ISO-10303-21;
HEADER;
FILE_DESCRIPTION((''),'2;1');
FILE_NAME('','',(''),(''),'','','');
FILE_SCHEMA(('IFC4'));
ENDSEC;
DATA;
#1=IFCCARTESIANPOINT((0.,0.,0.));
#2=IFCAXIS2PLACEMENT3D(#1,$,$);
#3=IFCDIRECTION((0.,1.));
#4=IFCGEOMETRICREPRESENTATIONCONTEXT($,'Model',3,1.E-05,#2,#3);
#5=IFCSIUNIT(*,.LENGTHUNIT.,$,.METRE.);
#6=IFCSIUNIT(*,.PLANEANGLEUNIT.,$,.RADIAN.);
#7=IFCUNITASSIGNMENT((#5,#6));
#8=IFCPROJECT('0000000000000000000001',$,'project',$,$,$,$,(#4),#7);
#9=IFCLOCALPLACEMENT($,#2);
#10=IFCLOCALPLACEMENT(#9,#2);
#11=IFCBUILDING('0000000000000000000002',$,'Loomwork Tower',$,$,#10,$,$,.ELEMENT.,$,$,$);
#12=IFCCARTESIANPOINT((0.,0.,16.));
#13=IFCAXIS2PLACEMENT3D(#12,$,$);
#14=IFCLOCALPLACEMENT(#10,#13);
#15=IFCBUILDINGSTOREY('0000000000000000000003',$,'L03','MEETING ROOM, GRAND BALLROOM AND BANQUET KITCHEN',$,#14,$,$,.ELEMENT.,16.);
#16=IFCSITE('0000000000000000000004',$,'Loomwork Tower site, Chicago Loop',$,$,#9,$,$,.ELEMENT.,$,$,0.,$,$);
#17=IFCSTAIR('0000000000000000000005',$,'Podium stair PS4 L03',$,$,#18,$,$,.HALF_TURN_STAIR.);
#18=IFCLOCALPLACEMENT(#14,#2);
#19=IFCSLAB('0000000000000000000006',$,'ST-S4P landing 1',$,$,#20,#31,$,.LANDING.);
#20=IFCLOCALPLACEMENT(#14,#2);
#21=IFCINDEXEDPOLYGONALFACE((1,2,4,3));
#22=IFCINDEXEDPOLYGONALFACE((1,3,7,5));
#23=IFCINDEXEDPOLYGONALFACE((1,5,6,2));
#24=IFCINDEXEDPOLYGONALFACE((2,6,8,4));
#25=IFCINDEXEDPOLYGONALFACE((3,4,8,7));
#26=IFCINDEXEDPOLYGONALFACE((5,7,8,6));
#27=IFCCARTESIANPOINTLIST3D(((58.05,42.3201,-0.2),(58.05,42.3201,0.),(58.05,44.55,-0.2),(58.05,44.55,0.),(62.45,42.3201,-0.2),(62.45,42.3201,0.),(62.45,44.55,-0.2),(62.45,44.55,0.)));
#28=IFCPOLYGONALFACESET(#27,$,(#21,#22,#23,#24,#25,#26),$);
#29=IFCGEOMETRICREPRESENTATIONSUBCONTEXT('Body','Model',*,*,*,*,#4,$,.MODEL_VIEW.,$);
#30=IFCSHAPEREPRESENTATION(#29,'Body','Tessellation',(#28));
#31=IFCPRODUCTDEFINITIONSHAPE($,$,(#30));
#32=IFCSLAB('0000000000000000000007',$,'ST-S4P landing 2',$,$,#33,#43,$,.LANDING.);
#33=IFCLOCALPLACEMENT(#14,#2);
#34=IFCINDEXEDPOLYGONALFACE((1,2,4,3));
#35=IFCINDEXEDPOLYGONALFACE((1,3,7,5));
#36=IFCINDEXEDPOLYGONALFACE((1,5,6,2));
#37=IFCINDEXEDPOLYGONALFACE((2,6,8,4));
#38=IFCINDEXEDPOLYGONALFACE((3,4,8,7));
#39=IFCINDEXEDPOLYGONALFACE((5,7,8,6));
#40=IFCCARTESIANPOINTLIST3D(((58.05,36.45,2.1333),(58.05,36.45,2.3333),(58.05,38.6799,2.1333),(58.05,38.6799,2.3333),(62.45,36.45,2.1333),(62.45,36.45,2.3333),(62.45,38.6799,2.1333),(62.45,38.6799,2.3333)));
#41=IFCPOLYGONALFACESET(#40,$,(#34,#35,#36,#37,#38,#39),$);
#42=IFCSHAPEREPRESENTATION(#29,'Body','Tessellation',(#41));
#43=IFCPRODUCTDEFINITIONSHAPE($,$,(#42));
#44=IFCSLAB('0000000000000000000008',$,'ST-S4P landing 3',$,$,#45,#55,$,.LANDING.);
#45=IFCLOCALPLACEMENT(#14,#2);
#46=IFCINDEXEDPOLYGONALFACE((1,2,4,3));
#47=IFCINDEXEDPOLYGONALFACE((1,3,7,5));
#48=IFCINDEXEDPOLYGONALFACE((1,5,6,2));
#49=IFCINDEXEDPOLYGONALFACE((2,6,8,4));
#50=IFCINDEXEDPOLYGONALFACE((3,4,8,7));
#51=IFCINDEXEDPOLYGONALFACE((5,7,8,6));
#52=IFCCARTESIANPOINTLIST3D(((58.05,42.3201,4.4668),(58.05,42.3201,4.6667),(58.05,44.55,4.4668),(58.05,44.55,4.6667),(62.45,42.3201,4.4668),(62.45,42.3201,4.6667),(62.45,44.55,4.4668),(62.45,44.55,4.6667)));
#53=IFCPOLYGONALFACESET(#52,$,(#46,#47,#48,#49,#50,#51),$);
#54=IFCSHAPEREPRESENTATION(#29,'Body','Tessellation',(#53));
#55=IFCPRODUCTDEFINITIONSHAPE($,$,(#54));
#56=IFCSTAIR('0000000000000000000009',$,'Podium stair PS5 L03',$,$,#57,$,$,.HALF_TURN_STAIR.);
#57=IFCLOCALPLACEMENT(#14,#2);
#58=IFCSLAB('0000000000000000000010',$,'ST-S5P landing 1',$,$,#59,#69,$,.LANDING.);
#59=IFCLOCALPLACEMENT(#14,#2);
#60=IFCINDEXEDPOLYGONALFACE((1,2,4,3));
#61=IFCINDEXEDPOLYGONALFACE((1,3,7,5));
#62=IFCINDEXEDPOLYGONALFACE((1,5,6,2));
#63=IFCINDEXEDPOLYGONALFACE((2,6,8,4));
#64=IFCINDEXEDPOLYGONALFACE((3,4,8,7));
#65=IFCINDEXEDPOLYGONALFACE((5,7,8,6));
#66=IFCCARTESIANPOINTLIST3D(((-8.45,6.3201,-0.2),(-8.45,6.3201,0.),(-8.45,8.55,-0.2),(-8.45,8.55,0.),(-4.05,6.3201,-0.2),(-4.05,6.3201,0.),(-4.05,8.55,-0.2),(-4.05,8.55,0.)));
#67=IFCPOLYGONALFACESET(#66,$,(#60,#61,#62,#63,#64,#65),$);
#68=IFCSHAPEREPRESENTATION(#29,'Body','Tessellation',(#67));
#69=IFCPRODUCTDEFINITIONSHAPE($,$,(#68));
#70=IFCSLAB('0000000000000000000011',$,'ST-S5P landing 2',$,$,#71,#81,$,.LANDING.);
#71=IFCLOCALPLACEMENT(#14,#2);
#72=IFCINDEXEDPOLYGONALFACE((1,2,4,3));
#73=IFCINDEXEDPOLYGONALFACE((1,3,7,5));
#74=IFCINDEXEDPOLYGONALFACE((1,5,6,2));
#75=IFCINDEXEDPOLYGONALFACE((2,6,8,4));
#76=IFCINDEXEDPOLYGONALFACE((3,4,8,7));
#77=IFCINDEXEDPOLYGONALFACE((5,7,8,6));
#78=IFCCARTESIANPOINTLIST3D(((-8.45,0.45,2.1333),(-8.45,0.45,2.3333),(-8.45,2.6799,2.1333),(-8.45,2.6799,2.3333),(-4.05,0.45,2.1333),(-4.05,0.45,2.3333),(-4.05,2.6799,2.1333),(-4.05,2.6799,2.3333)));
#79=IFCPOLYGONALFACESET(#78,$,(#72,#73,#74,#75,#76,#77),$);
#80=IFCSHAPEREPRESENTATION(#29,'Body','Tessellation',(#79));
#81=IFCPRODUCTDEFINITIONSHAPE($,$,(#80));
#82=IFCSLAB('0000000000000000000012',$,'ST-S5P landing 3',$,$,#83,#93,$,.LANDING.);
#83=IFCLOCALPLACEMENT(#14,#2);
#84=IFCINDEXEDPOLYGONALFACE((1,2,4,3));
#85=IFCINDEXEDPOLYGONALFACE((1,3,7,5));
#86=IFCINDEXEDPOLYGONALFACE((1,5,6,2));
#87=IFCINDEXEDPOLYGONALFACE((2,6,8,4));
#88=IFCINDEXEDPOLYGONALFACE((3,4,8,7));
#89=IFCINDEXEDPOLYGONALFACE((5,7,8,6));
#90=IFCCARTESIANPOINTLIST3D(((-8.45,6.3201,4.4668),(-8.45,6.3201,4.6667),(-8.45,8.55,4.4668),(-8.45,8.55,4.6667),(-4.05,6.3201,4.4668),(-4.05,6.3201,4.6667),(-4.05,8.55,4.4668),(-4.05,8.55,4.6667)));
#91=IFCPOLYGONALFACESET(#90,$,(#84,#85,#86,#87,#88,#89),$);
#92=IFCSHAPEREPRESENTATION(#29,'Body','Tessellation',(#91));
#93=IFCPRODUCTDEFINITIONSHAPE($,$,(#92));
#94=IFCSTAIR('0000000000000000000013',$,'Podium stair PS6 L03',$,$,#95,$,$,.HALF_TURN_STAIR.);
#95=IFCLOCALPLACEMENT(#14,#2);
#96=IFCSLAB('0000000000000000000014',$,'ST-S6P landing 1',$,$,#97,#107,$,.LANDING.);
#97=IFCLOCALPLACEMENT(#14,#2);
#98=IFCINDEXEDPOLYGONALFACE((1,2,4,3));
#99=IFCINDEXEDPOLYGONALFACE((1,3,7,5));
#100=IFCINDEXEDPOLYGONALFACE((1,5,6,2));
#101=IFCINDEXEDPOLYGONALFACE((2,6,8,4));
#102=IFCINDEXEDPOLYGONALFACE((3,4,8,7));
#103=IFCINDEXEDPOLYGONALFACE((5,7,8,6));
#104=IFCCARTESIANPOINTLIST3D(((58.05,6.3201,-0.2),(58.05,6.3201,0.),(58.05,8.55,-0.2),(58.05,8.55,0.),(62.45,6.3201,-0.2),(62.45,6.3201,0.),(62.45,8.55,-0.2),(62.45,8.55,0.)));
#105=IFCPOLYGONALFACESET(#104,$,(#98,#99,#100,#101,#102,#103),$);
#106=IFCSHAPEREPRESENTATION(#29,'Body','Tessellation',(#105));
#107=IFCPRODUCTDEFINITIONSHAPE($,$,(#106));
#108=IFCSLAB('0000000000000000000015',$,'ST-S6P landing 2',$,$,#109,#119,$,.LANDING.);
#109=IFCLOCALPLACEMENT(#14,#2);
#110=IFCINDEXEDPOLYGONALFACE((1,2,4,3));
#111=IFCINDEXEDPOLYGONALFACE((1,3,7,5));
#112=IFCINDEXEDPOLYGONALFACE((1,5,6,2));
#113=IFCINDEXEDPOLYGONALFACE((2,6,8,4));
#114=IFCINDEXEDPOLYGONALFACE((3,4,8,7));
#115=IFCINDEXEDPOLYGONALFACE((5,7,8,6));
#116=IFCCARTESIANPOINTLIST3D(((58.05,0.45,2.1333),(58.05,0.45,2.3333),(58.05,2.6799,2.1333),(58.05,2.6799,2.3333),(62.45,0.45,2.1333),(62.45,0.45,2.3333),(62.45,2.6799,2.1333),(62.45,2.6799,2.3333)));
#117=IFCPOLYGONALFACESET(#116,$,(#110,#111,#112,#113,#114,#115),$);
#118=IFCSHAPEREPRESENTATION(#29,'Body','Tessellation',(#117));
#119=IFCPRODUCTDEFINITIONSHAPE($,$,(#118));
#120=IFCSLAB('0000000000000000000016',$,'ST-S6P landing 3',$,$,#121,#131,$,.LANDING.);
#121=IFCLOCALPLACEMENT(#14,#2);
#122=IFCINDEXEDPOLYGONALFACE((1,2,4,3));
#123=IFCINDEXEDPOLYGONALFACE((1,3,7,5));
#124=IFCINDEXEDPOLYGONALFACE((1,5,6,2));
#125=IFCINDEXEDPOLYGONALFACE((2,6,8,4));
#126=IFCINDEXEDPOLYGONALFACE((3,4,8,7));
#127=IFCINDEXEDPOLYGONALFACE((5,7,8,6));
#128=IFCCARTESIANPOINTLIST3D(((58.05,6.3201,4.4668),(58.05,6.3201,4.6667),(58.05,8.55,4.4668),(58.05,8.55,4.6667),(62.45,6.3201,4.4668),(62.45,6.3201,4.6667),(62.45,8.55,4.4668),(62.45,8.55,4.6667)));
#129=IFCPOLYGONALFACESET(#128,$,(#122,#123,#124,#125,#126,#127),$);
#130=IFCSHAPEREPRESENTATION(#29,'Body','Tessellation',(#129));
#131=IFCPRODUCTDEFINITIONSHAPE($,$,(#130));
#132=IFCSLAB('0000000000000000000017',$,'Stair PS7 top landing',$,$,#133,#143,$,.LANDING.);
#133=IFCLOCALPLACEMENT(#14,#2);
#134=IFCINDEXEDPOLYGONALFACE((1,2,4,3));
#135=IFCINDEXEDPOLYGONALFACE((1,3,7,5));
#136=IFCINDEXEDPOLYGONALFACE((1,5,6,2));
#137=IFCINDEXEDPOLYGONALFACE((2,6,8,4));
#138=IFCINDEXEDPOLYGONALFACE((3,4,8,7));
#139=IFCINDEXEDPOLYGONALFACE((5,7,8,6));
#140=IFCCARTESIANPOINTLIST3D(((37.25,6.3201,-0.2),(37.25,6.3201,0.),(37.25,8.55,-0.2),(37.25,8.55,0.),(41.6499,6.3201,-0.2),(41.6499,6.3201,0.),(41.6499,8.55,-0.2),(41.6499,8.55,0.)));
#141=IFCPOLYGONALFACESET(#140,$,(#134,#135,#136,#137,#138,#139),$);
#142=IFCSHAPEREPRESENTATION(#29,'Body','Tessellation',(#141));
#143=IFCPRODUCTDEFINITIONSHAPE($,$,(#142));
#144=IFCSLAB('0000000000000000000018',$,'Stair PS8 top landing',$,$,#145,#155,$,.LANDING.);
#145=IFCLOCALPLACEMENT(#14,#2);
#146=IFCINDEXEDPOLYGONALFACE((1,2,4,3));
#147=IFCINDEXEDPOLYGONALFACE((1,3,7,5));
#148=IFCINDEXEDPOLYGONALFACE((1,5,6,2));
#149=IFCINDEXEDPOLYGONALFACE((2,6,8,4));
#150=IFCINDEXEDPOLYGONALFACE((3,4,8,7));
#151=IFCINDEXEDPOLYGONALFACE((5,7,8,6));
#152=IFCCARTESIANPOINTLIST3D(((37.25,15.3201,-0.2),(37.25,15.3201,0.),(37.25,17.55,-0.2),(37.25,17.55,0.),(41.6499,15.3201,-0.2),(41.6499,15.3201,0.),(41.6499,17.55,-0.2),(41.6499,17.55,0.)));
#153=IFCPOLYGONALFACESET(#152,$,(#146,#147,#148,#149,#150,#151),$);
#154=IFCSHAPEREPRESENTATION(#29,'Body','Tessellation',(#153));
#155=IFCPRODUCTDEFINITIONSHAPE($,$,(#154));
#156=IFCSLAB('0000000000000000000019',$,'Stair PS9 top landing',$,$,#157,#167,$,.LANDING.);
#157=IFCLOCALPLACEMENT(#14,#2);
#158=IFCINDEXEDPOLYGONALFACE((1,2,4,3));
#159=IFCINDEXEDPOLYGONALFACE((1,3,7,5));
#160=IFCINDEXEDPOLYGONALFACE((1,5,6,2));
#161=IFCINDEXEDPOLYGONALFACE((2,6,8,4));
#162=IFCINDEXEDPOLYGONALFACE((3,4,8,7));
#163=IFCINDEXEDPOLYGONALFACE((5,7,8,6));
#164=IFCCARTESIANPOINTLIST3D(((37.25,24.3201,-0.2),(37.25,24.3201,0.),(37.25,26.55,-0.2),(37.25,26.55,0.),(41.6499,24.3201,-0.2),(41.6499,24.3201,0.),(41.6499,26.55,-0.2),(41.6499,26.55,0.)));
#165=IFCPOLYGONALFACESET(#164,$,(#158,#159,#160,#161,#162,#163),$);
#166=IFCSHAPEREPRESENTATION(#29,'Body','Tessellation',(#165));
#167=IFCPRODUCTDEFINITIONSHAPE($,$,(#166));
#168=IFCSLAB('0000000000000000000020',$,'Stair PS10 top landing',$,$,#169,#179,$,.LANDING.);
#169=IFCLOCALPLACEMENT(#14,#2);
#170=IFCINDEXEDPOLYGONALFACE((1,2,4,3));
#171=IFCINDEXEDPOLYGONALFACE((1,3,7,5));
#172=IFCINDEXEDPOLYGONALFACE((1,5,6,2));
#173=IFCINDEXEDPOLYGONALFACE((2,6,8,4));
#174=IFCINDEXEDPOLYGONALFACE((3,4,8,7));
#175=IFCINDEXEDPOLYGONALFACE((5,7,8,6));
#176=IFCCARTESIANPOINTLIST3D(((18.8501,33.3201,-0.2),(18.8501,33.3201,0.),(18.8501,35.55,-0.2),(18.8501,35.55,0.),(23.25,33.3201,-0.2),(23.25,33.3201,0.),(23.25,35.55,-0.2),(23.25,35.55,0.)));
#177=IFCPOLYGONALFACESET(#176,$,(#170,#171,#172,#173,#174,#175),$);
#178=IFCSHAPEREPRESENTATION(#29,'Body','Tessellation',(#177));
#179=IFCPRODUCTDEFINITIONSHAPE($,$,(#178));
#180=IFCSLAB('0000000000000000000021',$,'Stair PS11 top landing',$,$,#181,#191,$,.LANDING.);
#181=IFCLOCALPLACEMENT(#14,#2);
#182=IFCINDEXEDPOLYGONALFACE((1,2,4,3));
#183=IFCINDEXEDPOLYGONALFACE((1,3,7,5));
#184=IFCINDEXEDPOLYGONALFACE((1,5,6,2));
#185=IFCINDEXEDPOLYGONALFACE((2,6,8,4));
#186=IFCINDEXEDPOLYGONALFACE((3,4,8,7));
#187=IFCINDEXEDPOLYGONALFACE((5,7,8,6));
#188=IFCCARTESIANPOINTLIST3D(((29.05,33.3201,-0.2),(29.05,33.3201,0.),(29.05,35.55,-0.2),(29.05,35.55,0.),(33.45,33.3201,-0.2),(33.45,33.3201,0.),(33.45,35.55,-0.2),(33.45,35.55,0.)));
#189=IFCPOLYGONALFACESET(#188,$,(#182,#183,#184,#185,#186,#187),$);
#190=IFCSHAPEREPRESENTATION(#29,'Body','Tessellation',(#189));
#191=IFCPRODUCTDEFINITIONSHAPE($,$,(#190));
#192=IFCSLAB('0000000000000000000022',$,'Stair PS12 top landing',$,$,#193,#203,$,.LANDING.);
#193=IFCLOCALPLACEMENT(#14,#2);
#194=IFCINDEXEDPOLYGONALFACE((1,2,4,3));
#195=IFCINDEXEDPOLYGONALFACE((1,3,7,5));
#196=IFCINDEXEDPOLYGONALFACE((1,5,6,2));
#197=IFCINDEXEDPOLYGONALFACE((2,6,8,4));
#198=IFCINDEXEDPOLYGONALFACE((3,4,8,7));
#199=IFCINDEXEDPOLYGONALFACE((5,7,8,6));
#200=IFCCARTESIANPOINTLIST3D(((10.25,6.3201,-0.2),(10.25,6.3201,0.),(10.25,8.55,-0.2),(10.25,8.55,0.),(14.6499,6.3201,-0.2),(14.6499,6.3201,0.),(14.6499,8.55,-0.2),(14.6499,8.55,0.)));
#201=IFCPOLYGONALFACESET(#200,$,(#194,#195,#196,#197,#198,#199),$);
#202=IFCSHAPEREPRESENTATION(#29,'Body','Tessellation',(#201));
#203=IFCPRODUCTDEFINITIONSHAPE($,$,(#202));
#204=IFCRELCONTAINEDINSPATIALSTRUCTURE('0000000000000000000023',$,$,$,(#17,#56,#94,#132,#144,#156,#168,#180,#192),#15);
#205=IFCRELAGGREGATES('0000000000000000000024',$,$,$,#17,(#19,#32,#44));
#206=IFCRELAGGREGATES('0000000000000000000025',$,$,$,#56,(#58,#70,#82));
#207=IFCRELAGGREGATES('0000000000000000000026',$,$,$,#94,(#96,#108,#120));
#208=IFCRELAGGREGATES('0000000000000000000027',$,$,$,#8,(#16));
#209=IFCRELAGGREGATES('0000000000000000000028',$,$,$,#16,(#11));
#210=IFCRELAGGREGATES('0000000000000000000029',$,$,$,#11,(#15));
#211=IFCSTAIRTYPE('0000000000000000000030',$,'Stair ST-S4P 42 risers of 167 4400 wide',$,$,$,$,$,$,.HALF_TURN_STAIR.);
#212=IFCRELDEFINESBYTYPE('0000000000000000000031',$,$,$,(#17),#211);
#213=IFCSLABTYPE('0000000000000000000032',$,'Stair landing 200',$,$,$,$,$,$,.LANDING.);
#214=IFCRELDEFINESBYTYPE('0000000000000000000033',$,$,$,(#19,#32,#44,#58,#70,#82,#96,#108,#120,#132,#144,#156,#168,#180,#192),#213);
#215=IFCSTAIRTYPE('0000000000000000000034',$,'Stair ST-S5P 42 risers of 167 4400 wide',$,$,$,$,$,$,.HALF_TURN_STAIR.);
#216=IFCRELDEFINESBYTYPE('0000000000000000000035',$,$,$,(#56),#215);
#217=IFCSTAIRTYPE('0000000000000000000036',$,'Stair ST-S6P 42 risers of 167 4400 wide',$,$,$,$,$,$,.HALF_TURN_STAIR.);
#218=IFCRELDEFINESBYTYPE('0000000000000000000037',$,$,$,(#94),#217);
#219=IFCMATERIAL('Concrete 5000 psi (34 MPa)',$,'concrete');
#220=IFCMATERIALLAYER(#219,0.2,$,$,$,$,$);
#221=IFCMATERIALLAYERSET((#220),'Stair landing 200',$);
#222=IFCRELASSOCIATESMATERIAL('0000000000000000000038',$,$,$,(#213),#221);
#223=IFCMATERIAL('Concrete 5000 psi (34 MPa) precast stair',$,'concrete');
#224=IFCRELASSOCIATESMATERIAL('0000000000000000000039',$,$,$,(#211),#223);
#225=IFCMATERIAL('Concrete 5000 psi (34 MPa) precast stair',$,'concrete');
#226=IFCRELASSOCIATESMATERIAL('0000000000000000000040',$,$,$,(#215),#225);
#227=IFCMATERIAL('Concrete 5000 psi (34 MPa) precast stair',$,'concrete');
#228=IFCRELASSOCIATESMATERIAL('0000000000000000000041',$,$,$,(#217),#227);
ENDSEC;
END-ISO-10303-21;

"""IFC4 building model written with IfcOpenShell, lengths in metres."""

from ifc_helpers import new_model, si_unit, direction, frame, origin, place, context, subcontext, project, spatial, polyline, outline, extrude, material, layer, layer_set, type_object, element, aggregate, save


model = new_model("IFC4")

# Units and contexts
model_context = context("Model", 3, precision=1e-05, world=origin(), true_north=direction((0.0, 1.0)))
body_context = subcontext(model_context, "Body", "Model", "MODEL_VIEW")
ifc_project = project(units=[si_unit("LENGTHUNIT", "METRE"), si_unit("PLANEANGLEUNIT", "RADIAN")], contexts=[model_context])

# Site, building, storey
site_placement = place(None, origin())
site = spatial("IfcSite", under=ifc_project, at=site_placement, Name="Loomwork Tower site, Chicago Loop", CompositionType="ELEMENT", RefElevation=0.0)
building_placement = place(site_placement, origin())
building = spatial("IfcBuilding", under=site, at=building_placement, Name="Loomwork Tower", CompositionType="ELEMENT")
storey_placement = place(building_placement, frame((0.0, 0.0, 16.0)))
storey = spatial("IfcBuildingStorey", under=building, at=storey_placement, Name="L03", Description="MEETING ROOM, GRAND BALLROOM AND BANQUET KITCHEN", CompositionType="ELEMENT", Elevation=16.0)

# Stairs, slabs
ifc_material_1 = material(Name="Concrete 5000 psi (34 MPa)", Category="concrete")
ifc_layer_1 = layer(ifc_material_1, 0.2)
ifc_layer_set_1 = layer_set([ifc_layer_1], Name="Stair landing 200")
slab_type = type_object("IfcSlabType", Name="Stair landing 200", PredefinedType="LANDING", material=ifc_layer_set_1)
ifc_material_2 = material(Name="Concrete 5000 psi (34 MPa) precast stair", Category="concrete")
stair_type_1 = type_object("IfcStairType", Name="Stair ST-S4P 42 risers of 167 4400 wide", PredefinedType="HALF_TURN_STAIR", material=ifc_material_2)
stair_1_placement = place(storey_placement, origin())
stair_1 = element("IfcStair", 1, at=stair_1_placement, inside=storey, type_object=stair_type_1, Name="Podium stair PS4 L03", PredefinedType="HALF_TURN_STAIR")
slab_1_placement = place(storey_placement, frame((0.0, 0.0, -0.2)))
slab_1 = element("IfcSlab", 2, at=slab_1_placement, type_object=slab_type, Name="ST-S4P landing 1", PredefinedType="LANDING", context=body_context, shape_type="SweptSolid", body=[
    extrude(outline(polyline([(58.05, 42.3201), (62.45, 42.3201), (62.45, 44.55), (58.05, 44.55), (58.05, 42.3201)])), origin(), (0.0, 0.0, 1.0), 0.2),
])
slab_2_placement = place(storey_placement, frame((0.0, 0.0, 2.1333)))
slab_2 = element("IfcSlab", 3, at=slab_2_placement, type_object=slab_type, Name="ST-S4P landing 2", PredefinedType="LANDING", context=body_context, shape_type="SweptSolid", body=[
    extrude(outline(polyline([(58.05, 36.45), (62.45, 36.45), (62.45, 38.6799), (58.05, 38.6799), (58.05, 36.45)])), origin(), (0.0, 0.0, 1.0), 0.2),
])
slab_3_placement = place(storey_placement, frame((0.0, 0.0, 4.4668)))
slab_3 = element("IfcSlab", 4, at=slab_3_placement, type_object=slab_type, Name="ST-S4P landing 3", PredefinedType="LANDING", context=body_context, shape_type="SweptSolid", body=[
    extrude(outline(polyline([(58.05, 42.3201), (62.45, 42.3201), (62.45, 44.55), (58.05, 44.55), (58.05, 42.3201)])), origin(), (0.0, 0.0, 1.0), 0.2),
])
aggregate(stair_1, [slab_1, slab_2, slab_3])
ifc_material_3 = material(Name="Concrete 5000 psi (34 MPa) precast stair", Category="concrete")
stair_type_2 = type_object("IfcStairType", Name="Stair ST-S5P 42 risers of 167 4400 wide", PredefinedType="HALF_TURN_STAIR", material=ifc_material_3)
stair_2_placement = place(storey_placement, origin())
stair_2 = element("IfcStair", 5, at=stair_2_placement, inside=storey, type_object=stair_type_2, Name="Podium stair PS5 L03", PredefinedType="HALF_TURN_STAIR")
slab_4_placement = place(storey_placement, frame((0.0, 0.0, -0.2)))
slab_4 = element("IfcSlab", 6, at=slab_4_placement, type_object=slab_type, Name="ST-S5P landing 1", PredefinedType="LANDING", context=body_context, shape_type="SweptSolid", body=[
    extrude(outline(polyline([(-8.45, 6.3201), (-4.05, 6.3201), (-4.05, 8.55), (-8.45, 8.55), (-8.45, 6.3201)])), origin(), (0.0, 0.0, 1.0), 0.2),
])
slab_5_placement = place(storey_placement, frame((0.0, 0.0, 2.1333)))
slab_5 = element("IfcSlab", 7, at=slab_5_placement, type_object=slab_type, Name="ST-S5P landing 2", PredefinedType="LANDING", context=body_context, shape_type="SweptSolid", body=[
    extrude(outline(polyline([(-8.45, 0.45), (-4.05, 0.45), (-4.05, 2.6799), (-8.45, 2.6799), (-8.45, 0.45)])), origin(), (0.0, 0.0, 1.0), 0.2),
])
slab_6_placement = place(storey_placement, frame((0.0, 0.0, 4.4668)))
slab_6 = element("IfcSlab", 8, at=slab_6_placement, type_object=slab_type, Name="ST-S5P landing 3", PredefinedType="LANDING", context=body_context, shape_type="SweptSolid", body=[
    extrude(outline(polyline([(-8.45, 6.3201), (-4.05, 6.3201), (-4.05, 8.55), (-8.45, 8.55), (-8.45, 6.3201)])), origin(), (0.0, 0.0, 1.0), 0.2),
])
aggregate(stair_2, [slab_4, slab_5, slab_6])
ifc_material_4 = material(Name="Concrete 5000 psi (34 MPa) precast stair", Category="concrete")
stair_type_3 = type_object("IfcStairType", Name="Stair ST-S6P 42 risers of 167 4400 wide", PredefinedType="HALF_TURN_STAIR", material=ifc_material_4)
stair_3_placement = place(storey_placement, origin())
stair_3 = element("IfcStair", 9, at=stair_3_placement, inside=storey, type_object=stair_type_3, Name="Podium stair PS6 L03", PredefinedType="HALF_TURN_STAIR")
slab_7_placement = place(storey_placement, frame((0.0, 0.0, -0.2)))
slab_7 = element("IfcSlab", 10, at=slab_7_placement, type_object=slab_type, Name="ST-S6P landing 1", PredefinedType="LANDING", context=body_context, shape_type="SweptSolid", body=[
    extrude(outline(polyline([(58.05, 6.3201), (62.45, 6.3201), (62.45, 8.55), (58.05, 8.55), (58.05, 6.3201)])), origin(), (0.0, 0.0, 1.0), 0.2),
])
slab_8_placement = place(storey_placement, frame((0.0, 0.0, 2.1333)))
slab_8 = element("IfcSlab", 11, at=slab_8_placement, type_object=slab_type, Name="ST-S6P landing 2", PredefinedType="LANDING", context=body_context, shape_type="SweptSolid", body=[
    extrude(outline(polyline([(58.05, 0.45), (62.45, 0.45), (62.45, 2.6799), (58.05, 2.6799), (58.05, 0.45)])), origin(), (0.0, 0.0, 1.0), 0.2),
])
slab_9_placement = place(storey_placement, frame((0.0, 0.0, 4.4668)))
slab_9 = element("IfcSlab", 12, at=slab_9_placement, type_object=slab_type, Name="ST-S6P landing 3", PredefinedType="LANDING", context=body_context, shape_type="SweptSolid", body=[
    extrude(outline(polyline([(58.05, 6.3201), (62.45, 6.3201), (62.45, 8.55), (58.05, 8.55), (58.05, 6.3201)])), origin(), (0.0, 0.0, 1.0), 0.2),
])
aggregate(stair_3, [slab_7, slab_8, slab_9])

# Slabs
slab_10_placement = place(storey_placement, frame((0.0, 0.0, -0.2)))
element("IfcSlab", 13, at=slab_10_placement, inside=storey, type_object=slab_type, Name="Stair PS7 top landing", PredefinedType="LANDING", context=body_context, shape_type="SweptSolid", body=[
    extrude(outline(polyline([(37.25, 6.3201), (41.6499, 6.3201), (41.6499, 8.55), (37.25, 8.55), (37.25, 6.3201)])), origin(), (0.0, 0.0, 1.0), 0.2),
])
slab_11_placement = place(storey_placement, frame((0.0, 0.0, -0.2)))
element("IfcSlab", 14, at=slab_11_placement, inside=storey, type_object=slab_type, Name="Stair PS8 top landing", PredefinedType="LANDING", context=body_context, shape_type="SweptSolid", body=[
    extrude(outline(polyline([(37.25, 15.3201), (41.6499, 15.3201), (41.6499, 17.55), (37.25, 17.55), (37.25, 15.3201)])), origin(), (0.0, 0.0, 1.0), 0.2),
])
slab_12_placement = place(storey_placement, frame((0.0, 0.0, -0.2)))
element("IfcSlab", 15, at=slab_12_placement, inside=storey, type_object=slab_type, Name="Stair PS9 top landing", PredefinedType="LANDING", context=body_context, shape_type="SweptSolid", body=[
    extrude(outline(polyline([(37.25, 24.3201), (41.6499, 24.3201), (41.6499, 26.55), (37.25, 26.55), (37.25, 24.3201)])), origin(), (0.0, 0.0, 1.0), 0.2),
])
slab_13_placement = place(storey_placement, frame((0.0, 0.0, -0.2)))
element("IfcSlab", 16, at=slab_13_placement, inside=storey, type_object=slab_type, Name="Stair PS10 top landing", PredefinedType="LANDING", context=body_context, shape_type="SweptSolid", body=[
    extrude(outline(polyline([(18.8501, 33.3201), (23.25, 33.3201), (23.25, 35.55), (18.8501, 35.55), (18.8501, 33.3201)])), origin(), (0.0, 0.0, 1.0), 0.2),
])
slab_14_placement = place(storey_placement, frame((0.0, 0.0, -0.2)))
element("IfcSlab", 17, at=slab_14_placement, inside=storey, type_object=slab_type, Name="Stair PS11 top landing", PredefinedType="LANDING", context=body_context, shape_type="SweptSolid", body=[
    extrude(outline(polyline([(29.05, 33.3201), (33.45, 33.3201), (33.45, 35.55), (29.05, 35.55), (29.05, 33.3201)])), origin(), (0.0, 0.0, 1.0), 0.2),
])
slab_15_placement = place(storey_placement, frame((0.0, 0.0, -0.2)))
element("IfcSlab", 18, at=slab_15_placement, inside=storey, type_object=slab_type, Name="Stair PS12 top landing", PredefinedType="LANDING", context=body_context, shape_type="SweptSolid", body=[
    extrude(outline(polyline([(10.25, 6.3201), (14.6499, 6.3201), (14.6499, 8.55), (10.25, 8.55), (10.25, 6.3201)])), origin(), (0.0, 0.0, 1.0), 0.2),
])

save(model, "model.ifc")
